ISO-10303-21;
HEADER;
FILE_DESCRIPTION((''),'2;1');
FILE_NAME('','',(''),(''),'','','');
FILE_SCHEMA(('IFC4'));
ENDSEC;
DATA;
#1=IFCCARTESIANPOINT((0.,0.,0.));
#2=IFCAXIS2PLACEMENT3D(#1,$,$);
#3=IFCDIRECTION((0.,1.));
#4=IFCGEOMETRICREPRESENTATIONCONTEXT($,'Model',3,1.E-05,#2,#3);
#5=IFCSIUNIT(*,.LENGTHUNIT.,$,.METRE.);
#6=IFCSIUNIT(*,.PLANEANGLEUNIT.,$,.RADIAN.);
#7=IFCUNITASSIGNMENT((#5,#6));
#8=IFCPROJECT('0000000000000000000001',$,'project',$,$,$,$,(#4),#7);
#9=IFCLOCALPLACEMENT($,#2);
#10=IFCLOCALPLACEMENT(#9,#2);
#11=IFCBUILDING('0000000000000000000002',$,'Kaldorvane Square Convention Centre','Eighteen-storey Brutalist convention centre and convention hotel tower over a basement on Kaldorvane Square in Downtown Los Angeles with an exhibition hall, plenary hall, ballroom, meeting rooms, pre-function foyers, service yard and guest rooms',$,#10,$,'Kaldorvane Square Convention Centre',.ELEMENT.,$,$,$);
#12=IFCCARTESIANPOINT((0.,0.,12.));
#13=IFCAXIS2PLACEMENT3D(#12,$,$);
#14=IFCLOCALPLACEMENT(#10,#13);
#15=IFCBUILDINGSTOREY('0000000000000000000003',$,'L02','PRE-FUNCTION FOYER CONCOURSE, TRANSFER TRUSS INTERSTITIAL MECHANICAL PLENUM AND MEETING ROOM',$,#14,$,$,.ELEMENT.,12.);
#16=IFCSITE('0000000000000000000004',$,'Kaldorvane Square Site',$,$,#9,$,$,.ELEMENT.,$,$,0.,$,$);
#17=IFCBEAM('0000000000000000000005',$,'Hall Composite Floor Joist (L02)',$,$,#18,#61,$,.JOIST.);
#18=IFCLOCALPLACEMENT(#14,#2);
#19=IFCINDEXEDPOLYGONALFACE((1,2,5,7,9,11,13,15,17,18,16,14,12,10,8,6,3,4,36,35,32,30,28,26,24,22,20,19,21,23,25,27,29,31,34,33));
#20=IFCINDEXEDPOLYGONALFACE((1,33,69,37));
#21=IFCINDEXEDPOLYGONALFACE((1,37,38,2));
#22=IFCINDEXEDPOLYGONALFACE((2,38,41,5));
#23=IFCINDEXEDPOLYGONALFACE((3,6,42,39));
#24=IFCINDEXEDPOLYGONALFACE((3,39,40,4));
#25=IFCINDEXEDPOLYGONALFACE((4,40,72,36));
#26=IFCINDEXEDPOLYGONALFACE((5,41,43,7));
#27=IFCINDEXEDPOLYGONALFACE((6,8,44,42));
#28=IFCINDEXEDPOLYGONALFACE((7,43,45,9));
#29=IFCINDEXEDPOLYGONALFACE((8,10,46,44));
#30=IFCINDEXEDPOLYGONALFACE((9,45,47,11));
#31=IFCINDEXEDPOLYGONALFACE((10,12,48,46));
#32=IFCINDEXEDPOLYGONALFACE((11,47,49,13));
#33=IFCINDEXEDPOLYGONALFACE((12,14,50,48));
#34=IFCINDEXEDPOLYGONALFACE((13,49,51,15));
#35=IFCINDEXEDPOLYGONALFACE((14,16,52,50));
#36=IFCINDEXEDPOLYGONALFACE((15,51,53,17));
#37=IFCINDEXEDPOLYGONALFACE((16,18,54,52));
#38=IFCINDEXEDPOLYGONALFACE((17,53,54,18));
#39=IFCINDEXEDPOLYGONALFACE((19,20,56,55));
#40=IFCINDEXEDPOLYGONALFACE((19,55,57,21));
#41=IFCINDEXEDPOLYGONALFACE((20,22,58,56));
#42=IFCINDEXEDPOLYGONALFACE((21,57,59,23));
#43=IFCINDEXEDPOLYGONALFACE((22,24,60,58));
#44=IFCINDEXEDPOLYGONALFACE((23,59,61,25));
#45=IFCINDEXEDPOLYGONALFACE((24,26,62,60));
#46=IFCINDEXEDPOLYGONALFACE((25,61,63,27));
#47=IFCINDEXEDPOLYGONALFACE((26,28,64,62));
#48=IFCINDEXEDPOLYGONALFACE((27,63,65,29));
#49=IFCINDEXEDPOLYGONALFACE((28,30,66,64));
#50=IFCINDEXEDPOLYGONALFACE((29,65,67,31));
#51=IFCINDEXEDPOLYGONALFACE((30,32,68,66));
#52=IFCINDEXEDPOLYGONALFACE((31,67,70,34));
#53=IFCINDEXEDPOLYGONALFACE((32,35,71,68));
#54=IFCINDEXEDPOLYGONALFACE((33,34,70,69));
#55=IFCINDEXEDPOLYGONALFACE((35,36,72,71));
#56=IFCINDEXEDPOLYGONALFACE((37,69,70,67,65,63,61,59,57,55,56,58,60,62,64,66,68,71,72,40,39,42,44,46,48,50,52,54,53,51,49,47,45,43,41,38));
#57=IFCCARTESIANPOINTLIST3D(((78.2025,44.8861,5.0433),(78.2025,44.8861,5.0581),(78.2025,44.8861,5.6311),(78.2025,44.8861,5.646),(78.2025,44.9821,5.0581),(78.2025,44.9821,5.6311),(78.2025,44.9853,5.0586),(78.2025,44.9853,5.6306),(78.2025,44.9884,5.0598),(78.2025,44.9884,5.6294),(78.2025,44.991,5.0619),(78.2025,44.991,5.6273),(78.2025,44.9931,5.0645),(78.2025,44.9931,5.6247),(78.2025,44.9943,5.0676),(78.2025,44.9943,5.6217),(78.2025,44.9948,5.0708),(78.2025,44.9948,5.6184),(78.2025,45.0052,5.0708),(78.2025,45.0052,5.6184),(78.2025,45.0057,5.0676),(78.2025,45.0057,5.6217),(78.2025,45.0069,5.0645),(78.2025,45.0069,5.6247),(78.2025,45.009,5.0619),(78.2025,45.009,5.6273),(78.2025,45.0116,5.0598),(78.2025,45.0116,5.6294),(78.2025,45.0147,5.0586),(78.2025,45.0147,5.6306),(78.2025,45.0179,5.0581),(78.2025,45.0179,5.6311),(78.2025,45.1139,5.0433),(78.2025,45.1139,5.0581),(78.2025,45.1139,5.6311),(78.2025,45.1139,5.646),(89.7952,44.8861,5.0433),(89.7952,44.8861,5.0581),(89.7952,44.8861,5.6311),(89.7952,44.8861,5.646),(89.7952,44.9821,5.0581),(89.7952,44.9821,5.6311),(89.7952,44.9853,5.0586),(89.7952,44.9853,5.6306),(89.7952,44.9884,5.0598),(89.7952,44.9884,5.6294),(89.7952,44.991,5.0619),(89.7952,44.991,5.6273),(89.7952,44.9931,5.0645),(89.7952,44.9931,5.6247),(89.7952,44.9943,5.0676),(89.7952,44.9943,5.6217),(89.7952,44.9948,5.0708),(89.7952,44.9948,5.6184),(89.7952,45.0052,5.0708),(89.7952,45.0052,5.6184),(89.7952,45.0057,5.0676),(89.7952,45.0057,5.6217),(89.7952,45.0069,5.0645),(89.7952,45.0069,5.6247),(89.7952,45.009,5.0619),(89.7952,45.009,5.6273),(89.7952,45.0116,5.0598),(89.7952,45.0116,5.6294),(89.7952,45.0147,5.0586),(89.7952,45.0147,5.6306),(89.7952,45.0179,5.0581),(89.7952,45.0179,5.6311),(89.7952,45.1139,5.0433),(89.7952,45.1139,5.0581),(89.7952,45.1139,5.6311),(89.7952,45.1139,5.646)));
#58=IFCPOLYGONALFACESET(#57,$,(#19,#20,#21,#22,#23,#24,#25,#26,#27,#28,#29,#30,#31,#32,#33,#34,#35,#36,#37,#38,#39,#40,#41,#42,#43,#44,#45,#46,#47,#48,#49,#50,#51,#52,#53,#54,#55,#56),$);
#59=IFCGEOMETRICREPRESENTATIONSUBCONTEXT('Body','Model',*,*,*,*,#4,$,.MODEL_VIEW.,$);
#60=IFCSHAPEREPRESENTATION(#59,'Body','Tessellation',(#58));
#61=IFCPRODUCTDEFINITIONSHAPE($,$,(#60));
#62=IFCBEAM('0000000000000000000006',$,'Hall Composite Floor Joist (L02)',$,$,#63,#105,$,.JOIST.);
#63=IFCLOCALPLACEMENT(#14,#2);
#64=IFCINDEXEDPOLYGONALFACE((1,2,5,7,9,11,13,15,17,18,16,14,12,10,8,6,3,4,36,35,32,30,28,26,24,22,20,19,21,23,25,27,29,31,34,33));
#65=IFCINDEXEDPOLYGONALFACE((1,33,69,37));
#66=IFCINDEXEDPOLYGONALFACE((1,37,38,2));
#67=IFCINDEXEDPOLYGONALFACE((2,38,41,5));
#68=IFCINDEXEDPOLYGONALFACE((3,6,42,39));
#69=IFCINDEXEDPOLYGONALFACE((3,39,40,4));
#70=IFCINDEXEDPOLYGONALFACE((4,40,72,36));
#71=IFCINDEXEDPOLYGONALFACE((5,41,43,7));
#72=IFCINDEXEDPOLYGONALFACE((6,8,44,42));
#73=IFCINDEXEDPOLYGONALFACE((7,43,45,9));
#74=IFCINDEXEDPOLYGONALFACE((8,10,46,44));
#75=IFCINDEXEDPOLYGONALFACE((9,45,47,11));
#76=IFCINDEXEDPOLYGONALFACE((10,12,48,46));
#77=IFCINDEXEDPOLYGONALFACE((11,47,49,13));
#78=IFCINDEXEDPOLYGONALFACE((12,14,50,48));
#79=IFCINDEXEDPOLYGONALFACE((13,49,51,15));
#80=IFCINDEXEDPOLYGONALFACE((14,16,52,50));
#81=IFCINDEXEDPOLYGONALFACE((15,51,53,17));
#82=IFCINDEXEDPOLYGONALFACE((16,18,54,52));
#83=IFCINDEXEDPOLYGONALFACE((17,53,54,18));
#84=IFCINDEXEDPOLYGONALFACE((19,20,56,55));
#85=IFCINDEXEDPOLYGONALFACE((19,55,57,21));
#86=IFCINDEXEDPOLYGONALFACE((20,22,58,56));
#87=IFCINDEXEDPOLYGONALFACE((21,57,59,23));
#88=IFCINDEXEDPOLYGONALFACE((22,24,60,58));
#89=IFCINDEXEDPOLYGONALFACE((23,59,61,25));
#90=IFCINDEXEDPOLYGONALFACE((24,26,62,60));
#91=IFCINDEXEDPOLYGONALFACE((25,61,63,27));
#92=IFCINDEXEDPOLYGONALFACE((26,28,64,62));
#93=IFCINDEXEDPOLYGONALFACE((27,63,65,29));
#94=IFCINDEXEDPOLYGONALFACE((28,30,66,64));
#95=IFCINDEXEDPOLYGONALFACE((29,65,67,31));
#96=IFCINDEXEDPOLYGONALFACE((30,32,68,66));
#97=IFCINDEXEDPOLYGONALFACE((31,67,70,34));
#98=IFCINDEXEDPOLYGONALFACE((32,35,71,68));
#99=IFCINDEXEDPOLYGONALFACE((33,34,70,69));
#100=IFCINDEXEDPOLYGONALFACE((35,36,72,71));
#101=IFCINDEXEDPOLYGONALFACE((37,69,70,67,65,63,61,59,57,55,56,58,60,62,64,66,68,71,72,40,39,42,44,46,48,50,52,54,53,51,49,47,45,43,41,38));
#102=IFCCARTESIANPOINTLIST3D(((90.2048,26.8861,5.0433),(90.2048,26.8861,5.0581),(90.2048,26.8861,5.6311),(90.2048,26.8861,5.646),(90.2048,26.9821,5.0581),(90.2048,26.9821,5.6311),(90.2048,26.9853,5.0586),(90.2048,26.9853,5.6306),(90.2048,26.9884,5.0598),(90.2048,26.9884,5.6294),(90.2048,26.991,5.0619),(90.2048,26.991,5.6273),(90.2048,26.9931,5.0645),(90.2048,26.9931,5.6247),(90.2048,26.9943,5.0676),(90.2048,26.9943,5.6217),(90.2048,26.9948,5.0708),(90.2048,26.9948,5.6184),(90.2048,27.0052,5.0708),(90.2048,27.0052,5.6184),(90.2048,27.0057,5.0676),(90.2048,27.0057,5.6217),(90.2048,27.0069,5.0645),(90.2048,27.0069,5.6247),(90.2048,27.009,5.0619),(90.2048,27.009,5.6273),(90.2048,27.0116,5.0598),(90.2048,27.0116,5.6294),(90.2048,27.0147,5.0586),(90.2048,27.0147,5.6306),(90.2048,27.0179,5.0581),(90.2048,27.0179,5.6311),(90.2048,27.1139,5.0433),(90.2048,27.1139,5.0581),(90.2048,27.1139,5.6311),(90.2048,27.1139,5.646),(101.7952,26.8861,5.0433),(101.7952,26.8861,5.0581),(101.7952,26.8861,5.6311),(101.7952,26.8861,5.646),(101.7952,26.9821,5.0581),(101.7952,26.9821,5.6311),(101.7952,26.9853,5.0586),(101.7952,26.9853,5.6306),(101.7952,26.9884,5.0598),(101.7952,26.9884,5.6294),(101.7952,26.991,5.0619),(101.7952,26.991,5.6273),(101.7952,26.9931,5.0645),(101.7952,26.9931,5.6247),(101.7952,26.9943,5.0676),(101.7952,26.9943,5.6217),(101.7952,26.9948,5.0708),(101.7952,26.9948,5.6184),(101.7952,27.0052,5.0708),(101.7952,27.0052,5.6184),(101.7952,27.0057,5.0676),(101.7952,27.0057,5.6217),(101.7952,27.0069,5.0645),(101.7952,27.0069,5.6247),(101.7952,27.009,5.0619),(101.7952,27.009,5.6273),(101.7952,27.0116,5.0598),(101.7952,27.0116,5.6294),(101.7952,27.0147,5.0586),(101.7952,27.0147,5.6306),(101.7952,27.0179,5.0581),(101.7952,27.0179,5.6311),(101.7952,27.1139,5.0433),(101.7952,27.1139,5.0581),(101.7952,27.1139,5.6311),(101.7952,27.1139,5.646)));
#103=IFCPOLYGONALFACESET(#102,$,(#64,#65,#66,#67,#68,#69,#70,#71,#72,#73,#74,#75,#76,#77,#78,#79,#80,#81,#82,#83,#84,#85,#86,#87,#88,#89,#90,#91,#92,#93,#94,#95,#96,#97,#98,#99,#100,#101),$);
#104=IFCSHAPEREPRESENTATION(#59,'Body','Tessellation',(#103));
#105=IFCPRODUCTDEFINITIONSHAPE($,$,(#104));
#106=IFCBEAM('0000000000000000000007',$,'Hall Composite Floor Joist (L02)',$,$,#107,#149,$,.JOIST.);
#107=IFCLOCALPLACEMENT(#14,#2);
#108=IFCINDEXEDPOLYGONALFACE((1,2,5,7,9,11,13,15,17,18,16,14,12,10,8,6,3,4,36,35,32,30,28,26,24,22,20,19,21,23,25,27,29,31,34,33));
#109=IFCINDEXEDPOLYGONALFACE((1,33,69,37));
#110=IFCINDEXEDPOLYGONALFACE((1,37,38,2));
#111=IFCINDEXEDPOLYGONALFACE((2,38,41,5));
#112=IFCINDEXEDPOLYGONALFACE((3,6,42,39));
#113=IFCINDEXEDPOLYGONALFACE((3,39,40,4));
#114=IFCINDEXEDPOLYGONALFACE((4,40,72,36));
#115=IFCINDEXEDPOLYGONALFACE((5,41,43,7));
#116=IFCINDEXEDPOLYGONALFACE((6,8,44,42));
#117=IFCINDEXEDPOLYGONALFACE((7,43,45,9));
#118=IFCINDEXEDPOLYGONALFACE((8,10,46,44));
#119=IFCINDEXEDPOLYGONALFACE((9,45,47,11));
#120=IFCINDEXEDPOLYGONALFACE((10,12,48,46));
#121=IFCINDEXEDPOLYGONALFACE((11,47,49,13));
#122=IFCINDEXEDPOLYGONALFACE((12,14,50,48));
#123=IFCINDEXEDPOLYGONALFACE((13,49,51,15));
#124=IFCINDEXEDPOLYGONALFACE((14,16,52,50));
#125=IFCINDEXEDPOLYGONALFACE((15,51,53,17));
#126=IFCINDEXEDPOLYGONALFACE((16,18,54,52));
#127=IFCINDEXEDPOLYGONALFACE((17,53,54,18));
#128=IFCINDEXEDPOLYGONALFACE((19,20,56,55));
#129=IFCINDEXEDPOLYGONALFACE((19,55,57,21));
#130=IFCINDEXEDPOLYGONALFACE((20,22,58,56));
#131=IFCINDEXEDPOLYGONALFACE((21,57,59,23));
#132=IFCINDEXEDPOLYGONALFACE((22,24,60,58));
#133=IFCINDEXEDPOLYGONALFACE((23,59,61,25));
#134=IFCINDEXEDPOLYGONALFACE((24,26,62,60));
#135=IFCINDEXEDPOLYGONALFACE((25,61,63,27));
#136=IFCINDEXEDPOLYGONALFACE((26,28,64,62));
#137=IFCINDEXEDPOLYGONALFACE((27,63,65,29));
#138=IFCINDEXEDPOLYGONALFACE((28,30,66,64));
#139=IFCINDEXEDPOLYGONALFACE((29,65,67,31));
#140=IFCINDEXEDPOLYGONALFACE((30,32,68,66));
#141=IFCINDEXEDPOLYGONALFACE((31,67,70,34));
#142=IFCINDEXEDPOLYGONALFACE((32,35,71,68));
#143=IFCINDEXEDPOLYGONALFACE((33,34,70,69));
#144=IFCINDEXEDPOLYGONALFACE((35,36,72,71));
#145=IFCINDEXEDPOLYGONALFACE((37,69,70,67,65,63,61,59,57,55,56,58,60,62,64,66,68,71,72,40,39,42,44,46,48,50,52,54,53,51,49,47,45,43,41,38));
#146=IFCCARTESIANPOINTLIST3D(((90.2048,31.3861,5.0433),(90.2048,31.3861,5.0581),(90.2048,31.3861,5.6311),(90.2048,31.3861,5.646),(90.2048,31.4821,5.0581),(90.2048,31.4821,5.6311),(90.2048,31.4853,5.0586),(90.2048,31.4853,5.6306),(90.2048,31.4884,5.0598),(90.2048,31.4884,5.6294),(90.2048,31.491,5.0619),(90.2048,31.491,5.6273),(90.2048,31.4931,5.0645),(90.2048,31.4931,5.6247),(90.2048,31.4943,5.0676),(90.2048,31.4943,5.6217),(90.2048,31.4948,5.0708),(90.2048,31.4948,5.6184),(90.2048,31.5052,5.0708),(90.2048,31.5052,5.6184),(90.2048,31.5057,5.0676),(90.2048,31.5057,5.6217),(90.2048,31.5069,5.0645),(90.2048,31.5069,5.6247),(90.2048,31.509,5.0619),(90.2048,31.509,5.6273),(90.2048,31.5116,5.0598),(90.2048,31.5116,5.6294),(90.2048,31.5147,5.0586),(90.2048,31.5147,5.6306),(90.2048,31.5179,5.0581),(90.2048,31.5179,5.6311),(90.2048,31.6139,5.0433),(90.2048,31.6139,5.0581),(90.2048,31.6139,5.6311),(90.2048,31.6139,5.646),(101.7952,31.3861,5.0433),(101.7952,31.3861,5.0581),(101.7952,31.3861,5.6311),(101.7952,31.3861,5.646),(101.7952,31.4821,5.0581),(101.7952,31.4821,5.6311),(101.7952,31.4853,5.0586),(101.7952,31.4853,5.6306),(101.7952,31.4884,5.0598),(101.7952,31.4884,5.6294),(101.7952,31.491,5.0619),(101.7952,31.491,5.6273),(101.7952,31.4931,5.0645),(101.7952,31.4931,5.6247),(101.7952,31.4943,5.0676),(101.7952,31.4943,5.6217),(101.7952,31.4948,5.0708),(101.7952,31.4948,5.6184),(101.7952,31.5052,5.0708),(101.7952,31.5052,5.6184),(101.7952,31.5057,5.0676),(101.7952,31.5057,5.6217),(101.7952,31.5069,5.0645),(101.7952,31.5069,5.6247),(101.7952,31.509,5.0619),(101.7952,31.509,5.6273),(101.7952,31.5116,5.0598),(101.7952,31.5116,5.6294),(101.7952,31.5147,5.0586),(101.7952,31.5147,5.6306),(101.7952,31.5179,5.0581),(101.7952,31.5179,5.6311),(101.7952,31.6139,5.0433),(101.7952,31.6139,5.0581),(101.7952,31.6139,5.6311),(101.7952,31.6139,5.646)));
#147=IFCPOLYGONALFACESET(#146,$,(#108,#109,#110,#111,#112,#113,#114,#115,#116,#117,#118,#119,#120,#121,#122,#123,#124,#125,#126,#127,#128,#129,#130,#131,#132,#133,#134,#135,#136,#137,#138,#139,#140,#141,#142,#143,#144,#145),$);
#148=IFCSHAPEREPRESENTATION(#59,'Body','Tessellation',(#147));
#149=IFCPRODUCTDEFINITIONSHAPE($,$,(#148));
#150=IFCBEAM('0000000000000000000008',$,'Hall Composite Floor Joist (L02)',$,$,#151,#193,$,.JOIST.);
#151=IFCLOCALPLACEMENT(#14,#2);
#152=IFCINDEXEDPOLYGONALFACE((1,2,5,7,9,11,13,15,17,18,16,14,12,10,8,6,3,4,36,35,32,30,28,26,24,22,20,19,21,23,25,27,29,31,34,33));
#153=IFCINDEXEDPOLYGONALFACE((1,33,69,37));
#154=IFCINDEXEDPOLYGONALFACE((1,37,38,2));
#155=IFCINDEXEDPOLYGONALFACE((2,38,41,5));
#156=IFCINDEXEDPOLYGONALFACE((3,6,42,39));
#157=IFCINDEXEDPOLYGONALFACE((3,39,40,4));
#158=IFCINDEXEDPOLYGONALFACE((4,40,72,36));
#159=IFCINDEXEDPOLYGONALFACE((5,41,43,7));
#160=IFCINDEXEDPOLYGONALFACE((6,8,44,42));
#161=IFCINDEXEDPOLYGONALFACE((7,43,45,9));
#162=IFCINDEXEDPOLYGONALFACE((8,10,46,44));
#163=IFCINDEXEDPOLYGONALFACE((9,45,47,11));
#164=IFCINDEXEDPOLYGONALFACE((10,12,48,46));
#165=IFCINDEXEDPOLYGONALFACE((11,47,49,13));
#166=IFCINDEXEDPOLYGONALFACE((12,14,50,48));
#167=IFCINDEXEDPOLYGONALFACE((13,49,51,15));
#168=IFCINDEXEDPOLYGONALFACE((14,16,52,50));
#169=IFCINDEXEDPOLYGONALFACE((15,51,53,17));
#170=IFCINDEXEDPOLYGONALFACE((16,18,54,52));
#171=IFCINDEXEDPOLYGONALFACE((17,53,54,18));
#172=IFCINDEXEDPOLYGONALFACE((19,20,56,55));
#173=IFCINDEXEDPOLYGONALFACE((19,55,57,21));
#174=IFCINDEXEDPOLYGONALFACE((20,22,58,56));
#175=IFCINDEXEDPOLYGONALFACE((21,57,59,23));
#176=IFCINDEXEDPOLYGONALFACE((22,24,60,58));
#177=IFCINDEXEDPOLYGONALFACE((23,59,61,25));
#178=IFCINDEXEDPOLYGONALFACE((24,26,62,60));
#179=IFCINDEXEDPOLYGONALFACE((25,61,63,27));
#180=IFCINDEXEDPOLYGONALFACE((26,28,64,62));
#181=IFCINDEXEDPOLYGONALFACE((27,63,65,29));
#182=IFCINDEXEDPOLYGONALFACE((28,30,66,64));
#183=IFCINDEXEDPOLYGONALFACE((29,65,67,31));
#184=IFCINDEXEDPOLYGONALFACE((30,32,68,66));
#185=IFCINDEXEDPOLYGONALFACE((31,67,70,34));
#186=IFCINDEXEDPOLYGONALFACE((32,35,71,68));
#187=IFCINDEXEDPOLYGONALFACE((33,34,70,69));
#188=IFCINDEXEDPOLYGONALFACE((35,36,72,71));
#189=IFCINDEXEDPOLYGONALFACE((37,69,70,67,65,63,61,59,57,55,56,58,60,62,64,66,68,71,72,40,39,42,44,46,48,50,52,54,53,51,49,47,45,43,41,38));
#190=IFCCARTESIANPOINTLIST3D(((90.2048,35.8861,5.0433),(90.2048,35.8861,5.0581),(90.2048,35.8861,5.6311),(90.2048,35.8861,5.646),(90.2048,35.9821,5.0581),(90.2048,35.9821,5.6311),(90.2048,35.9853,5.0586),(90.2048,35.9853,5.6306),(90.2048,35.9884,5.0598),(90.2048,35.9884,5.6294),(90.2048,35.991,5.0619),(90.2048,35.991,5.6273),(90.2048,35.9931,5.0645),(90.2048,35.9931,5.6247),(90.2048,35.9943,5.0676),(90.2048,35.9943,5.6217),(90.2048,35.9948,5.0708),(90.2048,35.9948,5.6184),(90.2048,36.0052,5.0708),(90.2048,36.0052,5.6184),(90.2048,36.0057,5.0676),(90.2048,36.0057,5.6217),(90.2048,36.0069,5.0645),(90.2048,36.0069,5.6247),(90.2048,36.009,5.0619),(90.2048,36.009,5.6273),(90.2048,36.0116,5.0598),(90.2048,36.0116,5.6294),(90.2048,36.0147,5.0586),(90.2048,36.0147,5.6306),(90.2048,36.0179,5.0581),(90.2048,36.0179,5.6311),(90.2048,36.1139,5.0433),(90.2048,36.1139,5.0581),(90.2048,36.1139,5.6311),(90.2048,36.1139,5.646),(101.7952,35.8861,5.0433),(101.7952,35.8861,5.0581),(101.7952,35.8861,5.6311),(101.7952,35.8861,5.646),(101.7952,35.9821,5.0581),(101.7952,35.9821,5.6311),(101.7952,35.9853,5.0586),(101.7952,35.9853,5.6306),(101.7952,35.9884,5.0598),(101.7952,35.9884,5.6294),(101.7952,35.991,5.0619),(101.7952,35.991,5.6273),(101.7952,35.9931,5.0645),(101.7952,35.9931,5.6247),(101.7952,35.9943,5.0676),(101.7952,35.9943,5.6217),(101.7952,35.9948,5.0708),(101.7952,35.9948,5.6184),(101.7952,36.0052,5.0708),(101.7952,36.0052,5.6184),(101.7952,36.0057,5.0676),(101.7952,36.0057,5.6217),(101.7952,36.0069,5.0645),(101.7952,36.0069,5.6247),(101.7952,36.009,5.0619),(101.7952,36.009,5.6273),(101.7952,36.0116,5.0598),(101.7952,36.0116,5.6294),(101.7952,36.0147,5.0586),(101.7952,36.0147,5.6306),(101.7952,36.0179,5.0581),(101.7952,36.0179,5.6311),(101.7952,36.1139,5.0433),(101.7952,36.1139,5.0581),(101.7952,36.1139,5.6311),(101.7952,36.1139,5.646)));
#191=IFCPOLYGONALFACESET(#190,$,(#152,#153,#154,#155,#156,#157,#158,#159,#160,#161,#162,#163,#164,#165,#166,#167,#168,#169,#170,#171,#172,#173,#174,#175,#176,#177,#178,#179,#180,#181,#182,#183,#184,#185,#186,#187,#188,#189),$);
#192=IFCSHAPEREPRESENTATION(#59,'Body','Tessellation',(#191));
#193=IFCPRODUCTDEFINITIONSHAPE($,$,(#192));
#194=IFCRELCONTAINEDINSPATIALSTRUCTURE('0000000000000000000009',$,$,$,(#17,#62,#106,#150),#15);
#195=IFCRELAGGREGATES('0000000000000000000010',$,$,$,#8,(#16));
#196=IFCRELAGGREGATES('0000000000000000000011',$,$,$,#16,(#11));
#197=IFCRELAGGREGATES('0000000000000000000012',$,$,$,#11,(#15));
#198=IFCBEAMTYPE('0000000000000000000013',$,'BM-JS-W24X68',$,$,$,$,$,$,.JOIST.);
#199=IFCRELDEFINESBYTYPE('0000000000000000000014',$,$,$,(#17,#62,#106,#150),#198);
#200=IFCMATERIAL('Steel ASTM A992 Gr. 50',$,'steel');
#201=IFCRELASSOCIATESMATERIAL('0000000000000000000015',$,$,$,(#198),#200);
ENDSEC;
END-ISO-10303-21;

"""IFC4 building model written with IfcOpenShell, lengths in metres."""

from ifc_helpers import new_model, si_unit, direction, frame, origin, origin_2d, place, context, subcontext, project, spatial, i_section, extrude, material, material_profile, profile_set, type_object, element, save


model = new_model("IFC4")

# Units and contexts
model_context = context("Model", 3, precision=1e-05, world=origin(), true_north=direction((0.0, 1.0)))
body_context = subcontext(model_context, "Body", "Model", "MODEL_VIEW")
ifc_project = project(units=[si_unit("LENGTHUNIT", "METRE"), si_unit("PLANEANGLEUNIT", "RADIAN")], contexts=[model_context])

# Site, building, storey
site_placement = place(None, origin())
site = spatial("IfcSite", under=ifc_project, at=site_placement, Name="Kaldorvane Square Site", CompositionType="ELEMENT", RefElevation=0.0)
building_placement = place(site_placement, origin())
building = spatial("IfcBuilding", under=site, at=building_placement, Name="Kaldorvane Square Convention Centre", Description="Eighteen-storey Brutalist convention centre and convention hotel tower over a basement on Kaldorvane Square in Downtown Los Angeles with an exhibition hall, plenary hall, ballroom, meeting rooms, pre-function foyers, service yard and guest rooms", LongName="Kaldorvane Square Convention Centre", CompositionType="ELEMENT")
storey_placement = place(building_placement, frame((0.0, 0.0, 12.0)))
storey = spatial("IfcBuildingStorey", under=building, at=storey_placement, Name="L02", Description="PRE-FUNCTION FOYER CONCOURSE, TRANSFER TRUSS INTERSTITIAL MECHANICAL PLENUM AND MEETING ROOM", CompositionType="ELEMENT", Elevation=12.0)

# Beams
ifc_material_1 = material(Name="Steel ASTM A992 Gr. 50", Category="steel")
ifc_material_profile_1 = material_profile(ifc_material_1, i_section(OverallWidth=0.2277, OverallDepth=0.6027, WebThickness=0.0105, FlangeThickness=0.0149, FilletRadius=0.0127, at=origin_2d()), Name="W24X68")
ifc_profile_set_1 = profile_set([ifc_material_profile_1], Name="Steel ASTM A992 Gr. 50")
beam_type = type_object("IfcBeamType", Name="BM-JS-W24X68", PredefinedType="JOIST", material=ifc_profile_set_1)
for number, where, z_axis, x_axis, name in (
    (1, (78.2025, 45.0, 5.3446), (1.0, 0.0, 0.0), (0.0, 1.0, 0.0), "Hall Composite Floor Joist (L02)"),
):
    element("IfcBeam", number, at=place(storey_placement, frame(where, z_axis=z_axis, x_axis=x_axis)), inside=storey, type_object=beam_type, Name=name, PredefinedType="JOIST", context=body_context, shape_type="SweptSolid", body=[
        extrude(i_section(OverallWidth=0.2277, OverallDepth=0.6027, WebThickness=0.0105, FlangeThickness=0.0149, FilletRadius=0.0127, at=origin_2d()), origin(), (0.0, 0.0, 1.0), 11.5927),
    ])
for number, where, z_axis, x_axis, name in (
    (2, (90.2048, 27.0, 5.3446), (1.0, 0.0, 0.0), (0.0, 1.0, 0.0), "Hall Composite Floor Joist (L02)"),
    (3, (90.2048, 31.5, 5.3446), (1.0, 0.0, 0.0), (0.0, 1.0, 0.0), "Hall Composite Floor Joist (L02)"),
    (4, (90.2048, 36.0, 5.3446), (1.0, 0.0, 0.0), (0.0, 1.0, 0.0), "Hall Composite Floor Joist (L02)"),
):
    element("IfcBeam", number, at=place(storey_placement, frame(where, z_axis=z_axis, x_axis=x_axis)), inside=storey, type_object=beam_type, Name=name, PredefinedType="JOIST", context=body_context, shape_type="SweptSolid", body=[
        extrude(i_section(OverallWidth=0.2277, OverallDepth=0.6027, WebThickness=0.0105, FlangeThickness=0.0149, FilletRadius=0.0127, at=origin_2d()), origin(), (0.0, 0.0, 1.0), 11.5904),
    ])

save(model, "model.ifc")
